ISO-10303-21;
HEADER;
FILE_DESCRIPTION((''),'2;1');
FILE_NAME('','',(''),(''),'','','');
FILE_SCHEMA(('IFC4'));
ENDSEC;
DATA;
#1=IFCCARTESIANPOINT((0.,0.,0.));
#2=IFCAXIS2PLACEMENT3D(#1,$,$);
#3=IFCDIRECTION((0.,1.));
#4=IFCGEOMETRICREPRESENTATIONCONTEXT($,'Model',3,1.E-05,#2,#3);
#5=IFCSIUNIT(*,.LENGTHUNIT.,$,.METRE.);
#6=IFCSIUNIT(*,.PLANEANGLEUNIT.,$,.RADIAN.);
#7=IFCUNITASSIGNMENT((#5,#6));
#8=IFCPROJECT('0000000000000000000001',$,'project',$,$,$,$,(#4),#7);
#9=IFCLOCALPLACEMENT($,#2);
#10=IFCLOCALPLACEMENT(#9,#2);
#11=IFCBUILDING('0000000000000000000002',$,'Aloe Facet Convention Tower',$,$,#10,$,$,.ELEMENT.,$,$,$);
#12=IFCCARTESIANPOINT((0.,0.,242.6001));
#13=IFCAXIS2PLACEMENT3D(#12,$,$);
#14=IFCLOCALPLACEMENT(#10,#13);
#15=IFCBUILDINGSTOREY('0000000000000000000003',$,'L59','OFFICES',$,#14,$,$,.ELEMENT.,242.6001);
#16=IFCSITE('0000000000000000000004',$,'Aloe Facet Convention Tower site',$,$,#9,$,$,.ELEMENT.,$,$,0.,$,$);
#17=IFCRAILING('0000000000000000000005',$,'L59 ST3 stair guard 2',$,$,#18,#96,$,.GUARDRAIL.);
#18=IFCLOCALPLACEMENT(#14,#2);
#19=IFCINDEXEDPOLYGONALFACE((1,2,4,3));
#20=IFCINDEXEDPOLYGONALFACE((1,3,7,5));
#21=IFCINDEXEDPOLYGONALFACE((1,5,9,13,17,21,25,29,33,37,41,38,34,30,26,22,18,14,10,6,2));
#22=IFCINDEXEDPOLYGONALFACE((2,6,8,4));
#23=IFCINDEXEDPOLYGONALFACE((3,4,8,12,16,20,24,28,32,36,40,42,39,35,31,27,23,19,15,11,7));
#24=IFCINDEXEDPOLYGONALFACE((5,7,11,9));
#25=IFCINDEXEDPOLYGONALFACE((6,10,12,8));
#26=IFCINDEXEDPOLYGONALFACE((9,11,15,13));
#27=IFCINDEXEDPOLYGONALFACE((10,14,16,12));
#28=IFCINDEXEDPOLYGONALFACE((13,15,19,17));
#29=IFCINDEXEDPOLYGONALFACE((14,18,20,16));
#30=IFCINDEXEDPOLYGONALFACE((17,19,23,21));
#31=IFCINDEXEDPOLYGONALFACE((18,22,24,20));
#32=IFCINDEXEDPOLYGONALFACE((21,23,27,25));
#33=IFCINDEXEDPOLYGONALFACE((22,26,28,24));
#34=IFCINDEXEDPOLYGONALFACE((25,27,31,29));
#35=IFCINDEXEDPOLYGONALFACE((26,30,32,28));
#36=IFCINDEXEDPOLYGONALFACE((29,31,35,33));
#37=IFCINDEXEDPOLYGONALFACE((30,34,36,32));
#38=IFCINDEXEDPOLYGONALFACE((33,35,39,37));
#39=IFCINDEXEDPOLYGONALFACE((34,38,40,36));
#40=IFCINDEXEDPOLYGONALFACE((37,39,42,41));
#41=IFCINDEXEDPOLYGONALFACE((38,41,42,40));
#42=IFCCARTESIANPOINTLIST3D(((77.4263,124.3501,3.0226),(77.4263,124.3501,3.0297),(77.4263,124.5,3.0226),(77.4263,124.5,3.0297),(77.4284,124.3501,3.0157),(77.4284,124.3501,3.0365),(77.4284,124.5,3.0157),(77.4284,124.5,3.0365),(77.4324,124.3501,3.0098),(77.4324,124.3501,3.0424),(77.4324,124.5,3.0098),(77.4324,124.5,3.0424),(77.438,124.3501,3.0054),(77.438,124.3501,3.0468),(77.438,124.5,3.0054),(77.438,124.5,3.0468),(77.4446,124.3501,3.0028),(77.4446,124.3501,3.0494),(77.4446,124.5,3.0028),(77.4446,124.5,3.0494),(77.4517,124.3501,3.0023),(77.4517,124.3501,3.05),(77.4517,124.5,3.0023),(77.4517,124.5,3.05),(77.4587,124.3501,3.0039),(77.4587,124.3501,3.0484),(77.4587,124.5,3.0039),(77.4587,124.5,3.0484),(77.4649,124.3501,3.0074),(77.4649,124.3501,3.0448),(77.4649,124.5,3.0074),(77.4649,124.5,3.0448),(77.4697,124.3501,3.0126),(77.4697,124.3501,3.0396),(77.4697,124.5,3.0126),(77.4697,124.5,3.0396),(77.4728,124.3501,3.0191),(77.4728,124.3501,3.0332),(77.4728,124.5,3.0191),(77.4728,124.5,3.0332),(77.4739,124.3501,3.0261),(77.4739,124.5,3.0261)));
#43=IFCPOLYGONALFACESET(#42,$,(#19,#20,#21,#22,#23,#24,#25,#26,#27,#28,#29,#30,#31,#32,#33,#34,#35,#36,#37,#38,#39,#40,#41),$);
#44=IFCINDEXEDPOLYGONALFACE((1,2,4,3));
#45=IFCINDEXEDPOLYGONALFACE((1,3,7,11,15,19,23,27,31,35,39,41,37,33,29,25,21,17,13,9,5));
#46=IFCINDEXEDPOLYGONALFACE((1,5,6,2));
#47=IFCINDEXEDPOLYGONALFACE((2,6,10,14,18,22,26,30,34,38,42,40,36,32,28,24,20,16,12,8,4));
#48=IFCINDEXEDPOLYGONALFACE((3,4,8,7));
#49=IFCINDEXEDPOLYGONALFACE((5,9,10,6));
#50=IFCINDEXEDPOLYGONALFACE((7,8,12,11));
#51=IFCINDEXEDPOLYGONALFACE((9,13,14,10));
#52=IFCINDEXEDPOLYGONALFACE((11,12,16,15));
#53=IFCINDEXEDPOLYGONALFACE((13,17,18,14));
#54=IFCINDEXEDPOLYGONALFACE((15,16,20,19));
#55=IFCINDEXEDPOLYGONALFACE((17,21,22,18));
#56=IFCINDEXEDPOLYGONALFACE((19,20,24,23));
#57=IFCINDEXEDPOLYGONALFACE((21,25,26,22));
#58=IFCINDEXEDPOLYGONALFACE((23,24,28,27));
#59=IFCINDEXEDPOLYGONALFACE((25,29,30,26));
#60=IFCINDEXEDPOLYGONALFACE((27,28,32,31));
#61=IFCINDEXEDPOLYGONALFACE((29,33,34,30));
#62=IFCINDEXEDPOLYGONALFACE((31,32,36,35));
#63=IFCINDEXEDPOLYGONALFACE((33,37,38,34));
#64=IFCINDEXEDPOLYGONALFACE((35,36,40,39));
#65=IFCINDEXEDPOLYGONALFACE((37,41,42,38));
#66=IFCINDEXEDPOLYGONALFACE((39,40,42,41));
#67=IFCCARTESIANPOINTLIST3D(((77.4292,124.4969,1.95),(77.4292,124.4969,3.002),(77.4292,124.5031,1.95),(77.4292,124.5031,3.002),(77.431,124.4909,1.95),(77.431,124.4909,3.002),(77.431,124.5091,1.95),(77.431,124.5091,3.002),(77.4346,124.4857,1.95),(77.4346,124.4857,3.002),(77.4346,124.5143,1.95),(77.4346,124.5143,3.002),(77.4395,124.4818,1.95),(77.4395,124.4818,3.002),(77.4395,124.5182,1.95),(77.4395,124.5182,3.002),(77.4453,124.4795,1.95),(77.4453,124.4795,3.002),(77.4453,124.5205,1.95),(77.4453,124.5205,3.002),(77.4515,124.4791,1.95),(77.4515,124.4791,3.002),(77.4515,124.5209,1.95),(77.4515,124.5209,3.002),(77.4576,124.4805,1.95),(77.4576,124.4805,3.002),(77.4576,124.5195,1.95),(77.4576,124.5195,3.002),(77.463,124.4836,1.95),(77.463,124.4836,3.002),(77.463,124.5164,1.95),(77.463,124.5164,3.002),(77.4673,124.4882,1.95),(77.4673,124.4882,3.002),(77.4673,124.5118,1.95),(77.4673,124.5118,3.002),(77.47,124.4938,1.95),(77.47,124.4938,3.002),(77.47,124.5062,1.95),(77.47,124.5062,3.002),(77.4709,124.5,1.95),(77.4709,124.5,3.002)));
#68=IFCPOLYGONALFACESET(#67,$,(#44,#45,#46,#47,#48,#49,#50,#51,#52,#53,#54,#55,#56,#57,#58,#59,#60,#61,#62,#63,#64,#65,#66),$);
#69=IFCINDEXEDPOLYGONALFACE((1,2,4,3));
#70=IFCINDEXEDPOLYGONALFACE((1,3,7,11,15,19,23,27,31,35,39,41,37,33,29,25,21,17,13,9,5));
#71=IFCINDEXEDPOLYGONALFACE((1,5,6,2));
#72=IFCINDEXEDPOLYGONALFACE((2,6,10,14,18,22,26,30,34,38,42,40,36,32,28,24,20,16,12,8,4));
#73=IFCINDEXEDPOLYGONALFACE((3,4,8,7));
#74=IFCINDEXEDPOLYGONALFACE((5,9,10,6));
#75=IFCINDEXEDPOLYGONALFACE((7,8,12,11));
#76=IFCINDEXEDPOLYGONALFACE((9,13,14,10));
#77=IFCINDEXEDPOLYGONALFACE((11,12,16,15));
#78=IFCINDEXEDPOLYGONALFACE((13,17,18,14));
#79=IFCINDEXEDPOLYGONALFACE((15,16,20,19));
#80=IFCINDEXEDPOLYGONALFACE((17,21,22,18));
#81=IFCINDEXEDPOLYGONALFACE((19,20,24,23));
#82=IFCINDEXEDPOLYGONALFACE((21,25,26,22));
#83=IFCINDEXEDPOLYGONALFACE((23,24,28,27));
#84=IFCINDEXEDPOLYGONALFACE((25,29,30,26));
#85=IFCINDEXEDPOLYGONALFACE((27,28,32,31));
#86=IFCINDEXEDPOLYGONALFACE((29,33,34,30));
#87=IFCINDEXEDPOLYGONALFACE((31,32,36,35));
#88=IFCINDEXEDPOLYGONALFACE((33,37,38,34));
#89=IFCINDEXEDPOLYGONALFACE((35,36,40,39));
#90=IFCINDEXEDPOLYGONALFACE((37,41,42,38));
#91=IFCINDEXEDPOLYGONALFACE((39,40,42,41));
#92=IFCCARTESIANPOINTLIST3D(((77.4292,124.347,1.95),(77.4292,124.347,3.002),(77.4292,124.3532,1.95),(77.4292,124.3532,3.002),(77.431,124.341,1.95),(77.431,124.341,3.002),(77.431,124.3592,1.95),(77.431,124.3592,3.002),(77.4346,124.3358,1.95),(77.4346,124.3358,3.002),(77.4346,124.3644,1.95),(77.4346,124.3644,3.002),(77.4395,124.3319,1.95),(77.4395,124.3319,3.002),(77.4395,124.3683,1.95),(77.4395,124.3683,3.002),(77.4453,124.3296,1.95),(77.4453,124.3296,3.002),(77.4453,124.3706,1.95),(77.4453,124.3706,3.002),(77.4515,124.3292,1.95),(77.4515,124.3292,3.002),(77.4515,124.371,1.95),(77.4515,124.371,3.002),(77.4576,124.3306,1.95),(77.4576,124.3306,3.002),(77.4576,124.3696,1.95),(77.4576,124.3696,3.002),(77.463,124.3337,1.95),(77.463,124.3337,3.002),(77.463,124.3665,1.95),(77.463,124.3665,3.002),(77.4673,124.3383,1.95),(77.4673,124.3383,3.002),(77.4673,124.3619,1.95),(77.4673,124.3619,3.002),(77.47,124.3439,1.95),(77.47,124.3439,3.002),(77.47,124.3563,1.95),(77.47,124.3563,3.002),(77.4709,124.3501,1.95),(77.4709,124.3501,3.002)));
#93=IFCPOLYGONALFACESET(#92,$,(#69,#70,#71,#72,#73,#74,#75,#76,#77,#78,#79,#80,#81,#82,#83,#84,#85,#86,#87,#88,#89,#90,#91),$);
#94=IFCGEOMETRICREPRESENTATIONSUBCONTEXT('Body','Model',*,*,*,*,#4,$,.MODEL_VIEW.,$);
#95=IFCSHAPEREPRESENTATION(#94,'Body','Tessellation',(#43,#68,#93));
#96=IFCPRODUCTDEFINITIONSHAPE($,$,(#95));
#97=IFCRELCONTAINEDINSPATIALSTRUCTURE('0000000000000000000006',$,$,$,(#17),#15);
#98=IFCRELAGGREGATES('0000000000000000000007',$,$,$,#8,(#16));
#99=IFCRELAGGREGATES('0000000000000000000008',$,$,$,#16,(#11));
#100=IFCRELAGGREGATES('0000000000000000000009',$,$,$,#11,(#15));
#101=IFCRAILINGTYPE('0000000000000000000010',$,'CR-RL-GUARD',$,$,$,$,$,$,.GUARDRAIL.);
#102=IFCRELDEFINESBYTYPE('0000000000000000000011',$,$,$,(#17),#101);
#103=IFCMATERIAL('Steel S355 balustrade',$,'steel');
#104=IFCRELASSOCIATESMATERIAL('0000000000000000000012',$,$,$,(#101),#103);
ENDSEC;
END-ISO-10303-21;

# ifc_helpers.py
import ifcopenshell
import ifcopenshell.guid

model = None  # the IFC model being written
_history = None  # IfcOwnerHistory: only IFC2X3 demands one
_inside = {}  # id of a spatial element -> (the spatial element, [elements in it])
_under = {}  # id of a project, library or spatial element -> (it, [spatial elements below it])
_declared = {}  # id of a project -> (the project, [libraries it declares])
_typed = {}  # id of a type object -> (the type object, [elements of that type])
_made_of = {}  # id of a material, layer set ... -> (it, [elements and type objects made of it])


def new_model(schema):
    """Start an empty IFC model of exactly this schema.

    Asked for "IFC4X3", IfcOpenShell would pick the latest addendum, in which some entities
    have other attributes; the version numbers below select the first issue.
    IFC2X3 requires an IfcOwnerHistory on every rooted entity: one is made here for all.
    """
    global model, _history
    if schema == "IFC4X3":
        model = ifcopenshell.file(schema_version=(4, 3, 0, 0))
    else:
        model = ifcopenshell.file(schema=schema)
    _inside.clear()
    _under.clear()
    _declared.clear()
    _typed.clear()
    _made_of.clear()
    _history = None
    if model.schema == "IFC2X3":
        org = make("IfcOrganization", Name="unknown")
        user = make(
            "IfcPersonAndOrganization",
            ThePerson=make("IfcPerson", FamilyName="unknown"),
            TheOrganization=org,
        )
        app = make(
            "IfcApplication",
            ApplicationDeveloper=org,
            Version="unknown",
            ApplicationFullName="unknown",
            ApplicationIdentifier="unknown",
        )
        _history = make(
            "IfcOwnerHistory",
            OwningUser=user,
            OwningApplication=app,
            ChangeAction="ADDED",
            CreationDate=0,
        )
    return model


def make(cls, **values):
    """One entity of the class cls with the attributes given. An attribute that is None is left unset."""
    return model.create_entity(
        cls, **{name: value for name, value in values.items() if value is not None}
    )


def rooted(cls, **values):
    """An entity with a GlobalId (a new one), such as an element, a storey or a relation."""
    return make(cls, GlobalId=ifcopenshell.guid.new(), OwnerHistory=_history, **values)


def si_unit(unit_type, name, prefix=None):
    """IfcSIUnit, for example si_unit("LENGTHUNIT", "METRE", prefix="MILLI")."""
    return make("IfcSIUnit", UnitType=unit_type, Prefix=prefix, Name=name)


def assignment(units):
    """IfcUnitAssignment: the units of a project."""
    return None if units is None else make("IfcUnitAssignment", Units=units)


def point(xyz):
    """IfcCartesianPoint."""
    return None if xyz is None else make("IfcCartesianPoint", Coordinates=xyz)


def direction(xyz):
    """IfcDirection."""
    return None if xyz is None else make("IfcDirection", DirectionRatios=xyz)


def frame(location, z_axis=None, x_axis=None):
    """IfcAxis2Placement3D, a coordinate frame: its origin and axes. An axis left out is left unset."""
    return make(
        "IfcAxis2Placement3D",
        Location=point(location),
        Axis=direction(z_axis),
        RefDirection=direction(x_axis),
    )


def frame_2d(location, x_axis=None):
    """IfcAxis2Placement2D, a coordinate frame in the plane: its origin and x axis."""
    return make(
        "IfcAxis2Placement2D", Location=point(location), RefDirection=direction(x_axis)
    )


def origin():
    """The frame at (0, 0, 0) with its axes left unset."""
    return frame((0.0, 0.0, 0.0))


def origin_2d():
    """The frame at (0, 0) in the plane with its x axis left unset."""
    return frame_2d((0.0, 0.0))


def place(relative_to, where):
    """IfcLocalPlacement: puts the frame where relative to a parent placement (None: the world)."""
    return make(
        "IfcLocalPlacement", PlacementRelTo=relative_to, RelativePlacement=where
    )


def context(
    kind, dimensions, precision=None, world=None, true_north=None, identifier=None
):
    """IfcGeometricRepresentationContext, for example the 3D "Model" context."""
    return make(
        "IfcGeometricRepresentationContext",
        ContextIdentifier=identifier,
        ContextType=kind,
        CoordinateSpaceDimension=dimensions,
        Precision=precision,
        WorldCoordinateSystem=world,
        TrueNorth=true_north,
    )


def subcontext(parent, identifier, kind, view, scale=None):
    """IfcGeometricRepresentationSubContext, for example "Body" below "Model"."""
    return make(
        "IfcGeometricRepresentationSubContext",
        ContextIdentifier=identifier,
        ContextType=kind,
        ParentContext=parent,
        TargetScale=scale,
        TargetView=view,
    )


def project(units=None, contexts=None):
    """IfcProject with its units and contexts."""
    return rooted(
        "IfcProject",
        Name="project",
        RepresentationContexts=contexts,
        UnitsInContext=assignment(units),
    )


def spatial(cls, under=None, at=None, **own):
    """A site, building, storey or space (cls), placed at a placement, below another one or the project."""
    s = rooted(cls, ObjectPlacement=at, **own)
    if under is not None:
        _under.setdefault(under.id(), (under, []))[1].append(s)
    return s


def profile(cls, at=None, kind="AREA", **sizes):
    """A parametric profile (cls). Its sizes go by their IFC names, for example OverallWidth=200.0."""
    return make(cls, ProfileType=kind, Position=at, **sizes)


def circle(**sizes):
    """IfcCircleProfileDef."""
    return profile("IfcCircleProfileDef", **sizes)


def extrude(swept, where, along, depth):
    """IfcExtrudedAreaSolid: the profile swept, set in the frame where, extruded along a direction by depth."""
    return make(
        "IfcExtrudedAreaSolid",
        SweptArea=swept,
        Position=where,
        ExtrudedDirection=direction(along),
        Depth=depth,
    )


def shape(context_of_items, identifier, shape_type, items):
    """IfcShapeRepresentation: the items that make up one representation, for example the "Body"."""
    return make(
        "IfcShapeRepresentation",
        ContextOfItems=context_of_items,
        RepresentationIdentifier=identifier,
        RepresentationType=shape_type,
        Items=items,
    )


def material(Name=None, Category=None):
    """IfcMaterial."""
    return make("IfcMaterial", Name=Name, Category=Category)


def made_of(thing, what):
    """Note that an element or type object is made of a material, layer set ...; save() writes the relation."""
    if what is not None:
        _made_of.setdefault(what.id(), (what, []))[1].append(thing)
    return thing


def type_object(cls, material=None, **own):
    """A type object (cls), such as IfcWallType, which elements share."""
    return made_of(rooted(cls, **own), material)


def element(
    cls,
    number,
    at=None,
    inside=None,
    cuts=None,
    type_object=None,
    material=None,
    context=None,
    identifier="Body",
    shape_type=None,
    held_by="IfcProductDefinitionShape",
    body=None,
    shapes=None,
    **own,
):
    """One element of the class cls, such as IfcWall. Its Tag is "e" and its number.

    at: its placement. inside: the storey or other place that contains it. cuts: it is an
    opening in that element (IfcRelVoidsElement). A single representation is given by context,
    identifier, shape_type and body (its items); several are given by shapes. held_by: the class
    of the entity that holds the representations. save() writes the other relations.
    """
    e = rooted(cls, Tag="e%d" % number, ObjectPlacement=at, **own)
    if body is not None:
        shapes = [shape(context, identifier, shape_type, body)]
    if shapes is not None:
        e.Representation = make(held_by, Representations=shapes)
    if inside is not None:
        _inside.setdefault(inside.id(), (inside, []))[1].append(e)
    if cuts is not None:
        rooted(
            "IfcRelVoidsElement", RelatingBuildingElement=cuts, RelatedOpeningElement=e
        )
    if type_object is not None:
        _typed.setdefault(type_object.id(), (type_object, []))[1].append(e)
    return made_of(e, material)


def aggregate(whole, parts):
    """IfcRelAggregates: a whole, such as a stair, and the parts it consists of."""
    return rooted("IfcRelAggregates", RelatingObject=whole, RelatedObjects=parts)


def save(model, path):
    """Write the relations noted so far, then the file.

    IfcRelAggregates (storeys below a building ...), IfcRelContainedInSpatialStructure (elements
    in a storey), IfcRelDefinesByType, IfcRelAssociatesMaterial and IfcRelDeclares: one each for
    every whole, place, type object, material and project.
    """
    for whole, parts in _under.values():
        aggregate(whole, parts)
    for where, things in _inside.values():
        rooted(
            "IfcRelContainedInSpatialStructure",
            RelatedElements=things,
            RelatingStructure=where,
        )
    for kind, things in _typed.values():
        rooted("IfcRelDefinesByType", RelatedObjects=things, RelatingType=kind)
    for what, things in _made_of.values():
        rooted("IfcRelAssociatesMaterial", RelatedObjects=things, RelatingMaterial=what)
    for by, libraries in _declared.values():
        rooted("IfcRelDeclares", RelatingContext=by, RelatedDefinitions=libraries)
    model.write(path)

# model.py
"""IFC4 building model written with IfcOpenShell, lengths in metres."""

from ifc_helpers import new_model, si_unit, direction, frame, origin, origin_2d, place, context, subcontext, project, spatial, circle, extrude, material, type_object, element, save


model = new_model("IFC4")

# Units and contexts
model_context = context("Model", 3, precision=1e-05, world=origin(), true_north=direction((0.0, 1.0)))
body_context = subcontext(model_context, "Body", "Model", "MODEL_VIEW")
ifc_project = project(units=[si_unit("LENGTHUNIT", "METRE"), si_unit("PLANEANGLEUNIT", "RADIAN")], contexts=[model_context])

# Site, building, storey
site_placement = place(None, origin())
site = spatial("IfcSite", under=ifc_project, at=site_placement, Name="Aloe Facet Convention Tower site", CompositionType="ELEMENT", RefElevation=0.0)
building_placement = place(site_placement, origin())
building = spatial("IfcBuilding", under=site, at=building_placement, Name="Aloe Facet Convention Tower", CompositionType="ELEMENT")
storey_placement = place(building_placement, frame((0.0, 0.0, 242.6001)))
storey = spatial("IfcBuildingStorey", under=building, at=storey_placement, Name="L59", Description="OFFICES", CompositionType="ELEMENT", Elevation=242.6001)

# Railing
ifc_material_1 = material(Name="Steel S355 balustrade", Category="steel")
railing_type_1 = type_object("IfcRailingType", Name="CR-RL-GUARD", PredefinedType="GUARDRAIL", material=ifc_material_1)
railing_1_placement = place(storey_placement, frame((77.45, 124.5, 1.95)))
element("IfcRailing", 1, at=railing_1_placement, inside=storey, type_object=railing_type_1, Name="L59 ST3 stair guard 2", PredefinedType="GUARDRAIL", context=body_context, shape_type="SweptSolid", body=[
    extrude(circle(Radius=0.0239, at=origin_2d()), frame((0.0, 0.0, 1.0762), z_axis=(0.0, -1.0, 0.0), x_axis=(1.0, 0.0, 0.0)), (0.0, 0.0, 1.0), 0.1499),
    extrude(circle(Radius=0.021, at=origin_2d()), origin(), (0.0, 0.0, 1.0), 1.052),
    extrude(circle(Radius=0.021, at=origin_2d()), frame((0.0, -0.1499, 0.0)), (0.0, 0.0, 1.0), 1.052),
])

save(model, "model.ifc")
